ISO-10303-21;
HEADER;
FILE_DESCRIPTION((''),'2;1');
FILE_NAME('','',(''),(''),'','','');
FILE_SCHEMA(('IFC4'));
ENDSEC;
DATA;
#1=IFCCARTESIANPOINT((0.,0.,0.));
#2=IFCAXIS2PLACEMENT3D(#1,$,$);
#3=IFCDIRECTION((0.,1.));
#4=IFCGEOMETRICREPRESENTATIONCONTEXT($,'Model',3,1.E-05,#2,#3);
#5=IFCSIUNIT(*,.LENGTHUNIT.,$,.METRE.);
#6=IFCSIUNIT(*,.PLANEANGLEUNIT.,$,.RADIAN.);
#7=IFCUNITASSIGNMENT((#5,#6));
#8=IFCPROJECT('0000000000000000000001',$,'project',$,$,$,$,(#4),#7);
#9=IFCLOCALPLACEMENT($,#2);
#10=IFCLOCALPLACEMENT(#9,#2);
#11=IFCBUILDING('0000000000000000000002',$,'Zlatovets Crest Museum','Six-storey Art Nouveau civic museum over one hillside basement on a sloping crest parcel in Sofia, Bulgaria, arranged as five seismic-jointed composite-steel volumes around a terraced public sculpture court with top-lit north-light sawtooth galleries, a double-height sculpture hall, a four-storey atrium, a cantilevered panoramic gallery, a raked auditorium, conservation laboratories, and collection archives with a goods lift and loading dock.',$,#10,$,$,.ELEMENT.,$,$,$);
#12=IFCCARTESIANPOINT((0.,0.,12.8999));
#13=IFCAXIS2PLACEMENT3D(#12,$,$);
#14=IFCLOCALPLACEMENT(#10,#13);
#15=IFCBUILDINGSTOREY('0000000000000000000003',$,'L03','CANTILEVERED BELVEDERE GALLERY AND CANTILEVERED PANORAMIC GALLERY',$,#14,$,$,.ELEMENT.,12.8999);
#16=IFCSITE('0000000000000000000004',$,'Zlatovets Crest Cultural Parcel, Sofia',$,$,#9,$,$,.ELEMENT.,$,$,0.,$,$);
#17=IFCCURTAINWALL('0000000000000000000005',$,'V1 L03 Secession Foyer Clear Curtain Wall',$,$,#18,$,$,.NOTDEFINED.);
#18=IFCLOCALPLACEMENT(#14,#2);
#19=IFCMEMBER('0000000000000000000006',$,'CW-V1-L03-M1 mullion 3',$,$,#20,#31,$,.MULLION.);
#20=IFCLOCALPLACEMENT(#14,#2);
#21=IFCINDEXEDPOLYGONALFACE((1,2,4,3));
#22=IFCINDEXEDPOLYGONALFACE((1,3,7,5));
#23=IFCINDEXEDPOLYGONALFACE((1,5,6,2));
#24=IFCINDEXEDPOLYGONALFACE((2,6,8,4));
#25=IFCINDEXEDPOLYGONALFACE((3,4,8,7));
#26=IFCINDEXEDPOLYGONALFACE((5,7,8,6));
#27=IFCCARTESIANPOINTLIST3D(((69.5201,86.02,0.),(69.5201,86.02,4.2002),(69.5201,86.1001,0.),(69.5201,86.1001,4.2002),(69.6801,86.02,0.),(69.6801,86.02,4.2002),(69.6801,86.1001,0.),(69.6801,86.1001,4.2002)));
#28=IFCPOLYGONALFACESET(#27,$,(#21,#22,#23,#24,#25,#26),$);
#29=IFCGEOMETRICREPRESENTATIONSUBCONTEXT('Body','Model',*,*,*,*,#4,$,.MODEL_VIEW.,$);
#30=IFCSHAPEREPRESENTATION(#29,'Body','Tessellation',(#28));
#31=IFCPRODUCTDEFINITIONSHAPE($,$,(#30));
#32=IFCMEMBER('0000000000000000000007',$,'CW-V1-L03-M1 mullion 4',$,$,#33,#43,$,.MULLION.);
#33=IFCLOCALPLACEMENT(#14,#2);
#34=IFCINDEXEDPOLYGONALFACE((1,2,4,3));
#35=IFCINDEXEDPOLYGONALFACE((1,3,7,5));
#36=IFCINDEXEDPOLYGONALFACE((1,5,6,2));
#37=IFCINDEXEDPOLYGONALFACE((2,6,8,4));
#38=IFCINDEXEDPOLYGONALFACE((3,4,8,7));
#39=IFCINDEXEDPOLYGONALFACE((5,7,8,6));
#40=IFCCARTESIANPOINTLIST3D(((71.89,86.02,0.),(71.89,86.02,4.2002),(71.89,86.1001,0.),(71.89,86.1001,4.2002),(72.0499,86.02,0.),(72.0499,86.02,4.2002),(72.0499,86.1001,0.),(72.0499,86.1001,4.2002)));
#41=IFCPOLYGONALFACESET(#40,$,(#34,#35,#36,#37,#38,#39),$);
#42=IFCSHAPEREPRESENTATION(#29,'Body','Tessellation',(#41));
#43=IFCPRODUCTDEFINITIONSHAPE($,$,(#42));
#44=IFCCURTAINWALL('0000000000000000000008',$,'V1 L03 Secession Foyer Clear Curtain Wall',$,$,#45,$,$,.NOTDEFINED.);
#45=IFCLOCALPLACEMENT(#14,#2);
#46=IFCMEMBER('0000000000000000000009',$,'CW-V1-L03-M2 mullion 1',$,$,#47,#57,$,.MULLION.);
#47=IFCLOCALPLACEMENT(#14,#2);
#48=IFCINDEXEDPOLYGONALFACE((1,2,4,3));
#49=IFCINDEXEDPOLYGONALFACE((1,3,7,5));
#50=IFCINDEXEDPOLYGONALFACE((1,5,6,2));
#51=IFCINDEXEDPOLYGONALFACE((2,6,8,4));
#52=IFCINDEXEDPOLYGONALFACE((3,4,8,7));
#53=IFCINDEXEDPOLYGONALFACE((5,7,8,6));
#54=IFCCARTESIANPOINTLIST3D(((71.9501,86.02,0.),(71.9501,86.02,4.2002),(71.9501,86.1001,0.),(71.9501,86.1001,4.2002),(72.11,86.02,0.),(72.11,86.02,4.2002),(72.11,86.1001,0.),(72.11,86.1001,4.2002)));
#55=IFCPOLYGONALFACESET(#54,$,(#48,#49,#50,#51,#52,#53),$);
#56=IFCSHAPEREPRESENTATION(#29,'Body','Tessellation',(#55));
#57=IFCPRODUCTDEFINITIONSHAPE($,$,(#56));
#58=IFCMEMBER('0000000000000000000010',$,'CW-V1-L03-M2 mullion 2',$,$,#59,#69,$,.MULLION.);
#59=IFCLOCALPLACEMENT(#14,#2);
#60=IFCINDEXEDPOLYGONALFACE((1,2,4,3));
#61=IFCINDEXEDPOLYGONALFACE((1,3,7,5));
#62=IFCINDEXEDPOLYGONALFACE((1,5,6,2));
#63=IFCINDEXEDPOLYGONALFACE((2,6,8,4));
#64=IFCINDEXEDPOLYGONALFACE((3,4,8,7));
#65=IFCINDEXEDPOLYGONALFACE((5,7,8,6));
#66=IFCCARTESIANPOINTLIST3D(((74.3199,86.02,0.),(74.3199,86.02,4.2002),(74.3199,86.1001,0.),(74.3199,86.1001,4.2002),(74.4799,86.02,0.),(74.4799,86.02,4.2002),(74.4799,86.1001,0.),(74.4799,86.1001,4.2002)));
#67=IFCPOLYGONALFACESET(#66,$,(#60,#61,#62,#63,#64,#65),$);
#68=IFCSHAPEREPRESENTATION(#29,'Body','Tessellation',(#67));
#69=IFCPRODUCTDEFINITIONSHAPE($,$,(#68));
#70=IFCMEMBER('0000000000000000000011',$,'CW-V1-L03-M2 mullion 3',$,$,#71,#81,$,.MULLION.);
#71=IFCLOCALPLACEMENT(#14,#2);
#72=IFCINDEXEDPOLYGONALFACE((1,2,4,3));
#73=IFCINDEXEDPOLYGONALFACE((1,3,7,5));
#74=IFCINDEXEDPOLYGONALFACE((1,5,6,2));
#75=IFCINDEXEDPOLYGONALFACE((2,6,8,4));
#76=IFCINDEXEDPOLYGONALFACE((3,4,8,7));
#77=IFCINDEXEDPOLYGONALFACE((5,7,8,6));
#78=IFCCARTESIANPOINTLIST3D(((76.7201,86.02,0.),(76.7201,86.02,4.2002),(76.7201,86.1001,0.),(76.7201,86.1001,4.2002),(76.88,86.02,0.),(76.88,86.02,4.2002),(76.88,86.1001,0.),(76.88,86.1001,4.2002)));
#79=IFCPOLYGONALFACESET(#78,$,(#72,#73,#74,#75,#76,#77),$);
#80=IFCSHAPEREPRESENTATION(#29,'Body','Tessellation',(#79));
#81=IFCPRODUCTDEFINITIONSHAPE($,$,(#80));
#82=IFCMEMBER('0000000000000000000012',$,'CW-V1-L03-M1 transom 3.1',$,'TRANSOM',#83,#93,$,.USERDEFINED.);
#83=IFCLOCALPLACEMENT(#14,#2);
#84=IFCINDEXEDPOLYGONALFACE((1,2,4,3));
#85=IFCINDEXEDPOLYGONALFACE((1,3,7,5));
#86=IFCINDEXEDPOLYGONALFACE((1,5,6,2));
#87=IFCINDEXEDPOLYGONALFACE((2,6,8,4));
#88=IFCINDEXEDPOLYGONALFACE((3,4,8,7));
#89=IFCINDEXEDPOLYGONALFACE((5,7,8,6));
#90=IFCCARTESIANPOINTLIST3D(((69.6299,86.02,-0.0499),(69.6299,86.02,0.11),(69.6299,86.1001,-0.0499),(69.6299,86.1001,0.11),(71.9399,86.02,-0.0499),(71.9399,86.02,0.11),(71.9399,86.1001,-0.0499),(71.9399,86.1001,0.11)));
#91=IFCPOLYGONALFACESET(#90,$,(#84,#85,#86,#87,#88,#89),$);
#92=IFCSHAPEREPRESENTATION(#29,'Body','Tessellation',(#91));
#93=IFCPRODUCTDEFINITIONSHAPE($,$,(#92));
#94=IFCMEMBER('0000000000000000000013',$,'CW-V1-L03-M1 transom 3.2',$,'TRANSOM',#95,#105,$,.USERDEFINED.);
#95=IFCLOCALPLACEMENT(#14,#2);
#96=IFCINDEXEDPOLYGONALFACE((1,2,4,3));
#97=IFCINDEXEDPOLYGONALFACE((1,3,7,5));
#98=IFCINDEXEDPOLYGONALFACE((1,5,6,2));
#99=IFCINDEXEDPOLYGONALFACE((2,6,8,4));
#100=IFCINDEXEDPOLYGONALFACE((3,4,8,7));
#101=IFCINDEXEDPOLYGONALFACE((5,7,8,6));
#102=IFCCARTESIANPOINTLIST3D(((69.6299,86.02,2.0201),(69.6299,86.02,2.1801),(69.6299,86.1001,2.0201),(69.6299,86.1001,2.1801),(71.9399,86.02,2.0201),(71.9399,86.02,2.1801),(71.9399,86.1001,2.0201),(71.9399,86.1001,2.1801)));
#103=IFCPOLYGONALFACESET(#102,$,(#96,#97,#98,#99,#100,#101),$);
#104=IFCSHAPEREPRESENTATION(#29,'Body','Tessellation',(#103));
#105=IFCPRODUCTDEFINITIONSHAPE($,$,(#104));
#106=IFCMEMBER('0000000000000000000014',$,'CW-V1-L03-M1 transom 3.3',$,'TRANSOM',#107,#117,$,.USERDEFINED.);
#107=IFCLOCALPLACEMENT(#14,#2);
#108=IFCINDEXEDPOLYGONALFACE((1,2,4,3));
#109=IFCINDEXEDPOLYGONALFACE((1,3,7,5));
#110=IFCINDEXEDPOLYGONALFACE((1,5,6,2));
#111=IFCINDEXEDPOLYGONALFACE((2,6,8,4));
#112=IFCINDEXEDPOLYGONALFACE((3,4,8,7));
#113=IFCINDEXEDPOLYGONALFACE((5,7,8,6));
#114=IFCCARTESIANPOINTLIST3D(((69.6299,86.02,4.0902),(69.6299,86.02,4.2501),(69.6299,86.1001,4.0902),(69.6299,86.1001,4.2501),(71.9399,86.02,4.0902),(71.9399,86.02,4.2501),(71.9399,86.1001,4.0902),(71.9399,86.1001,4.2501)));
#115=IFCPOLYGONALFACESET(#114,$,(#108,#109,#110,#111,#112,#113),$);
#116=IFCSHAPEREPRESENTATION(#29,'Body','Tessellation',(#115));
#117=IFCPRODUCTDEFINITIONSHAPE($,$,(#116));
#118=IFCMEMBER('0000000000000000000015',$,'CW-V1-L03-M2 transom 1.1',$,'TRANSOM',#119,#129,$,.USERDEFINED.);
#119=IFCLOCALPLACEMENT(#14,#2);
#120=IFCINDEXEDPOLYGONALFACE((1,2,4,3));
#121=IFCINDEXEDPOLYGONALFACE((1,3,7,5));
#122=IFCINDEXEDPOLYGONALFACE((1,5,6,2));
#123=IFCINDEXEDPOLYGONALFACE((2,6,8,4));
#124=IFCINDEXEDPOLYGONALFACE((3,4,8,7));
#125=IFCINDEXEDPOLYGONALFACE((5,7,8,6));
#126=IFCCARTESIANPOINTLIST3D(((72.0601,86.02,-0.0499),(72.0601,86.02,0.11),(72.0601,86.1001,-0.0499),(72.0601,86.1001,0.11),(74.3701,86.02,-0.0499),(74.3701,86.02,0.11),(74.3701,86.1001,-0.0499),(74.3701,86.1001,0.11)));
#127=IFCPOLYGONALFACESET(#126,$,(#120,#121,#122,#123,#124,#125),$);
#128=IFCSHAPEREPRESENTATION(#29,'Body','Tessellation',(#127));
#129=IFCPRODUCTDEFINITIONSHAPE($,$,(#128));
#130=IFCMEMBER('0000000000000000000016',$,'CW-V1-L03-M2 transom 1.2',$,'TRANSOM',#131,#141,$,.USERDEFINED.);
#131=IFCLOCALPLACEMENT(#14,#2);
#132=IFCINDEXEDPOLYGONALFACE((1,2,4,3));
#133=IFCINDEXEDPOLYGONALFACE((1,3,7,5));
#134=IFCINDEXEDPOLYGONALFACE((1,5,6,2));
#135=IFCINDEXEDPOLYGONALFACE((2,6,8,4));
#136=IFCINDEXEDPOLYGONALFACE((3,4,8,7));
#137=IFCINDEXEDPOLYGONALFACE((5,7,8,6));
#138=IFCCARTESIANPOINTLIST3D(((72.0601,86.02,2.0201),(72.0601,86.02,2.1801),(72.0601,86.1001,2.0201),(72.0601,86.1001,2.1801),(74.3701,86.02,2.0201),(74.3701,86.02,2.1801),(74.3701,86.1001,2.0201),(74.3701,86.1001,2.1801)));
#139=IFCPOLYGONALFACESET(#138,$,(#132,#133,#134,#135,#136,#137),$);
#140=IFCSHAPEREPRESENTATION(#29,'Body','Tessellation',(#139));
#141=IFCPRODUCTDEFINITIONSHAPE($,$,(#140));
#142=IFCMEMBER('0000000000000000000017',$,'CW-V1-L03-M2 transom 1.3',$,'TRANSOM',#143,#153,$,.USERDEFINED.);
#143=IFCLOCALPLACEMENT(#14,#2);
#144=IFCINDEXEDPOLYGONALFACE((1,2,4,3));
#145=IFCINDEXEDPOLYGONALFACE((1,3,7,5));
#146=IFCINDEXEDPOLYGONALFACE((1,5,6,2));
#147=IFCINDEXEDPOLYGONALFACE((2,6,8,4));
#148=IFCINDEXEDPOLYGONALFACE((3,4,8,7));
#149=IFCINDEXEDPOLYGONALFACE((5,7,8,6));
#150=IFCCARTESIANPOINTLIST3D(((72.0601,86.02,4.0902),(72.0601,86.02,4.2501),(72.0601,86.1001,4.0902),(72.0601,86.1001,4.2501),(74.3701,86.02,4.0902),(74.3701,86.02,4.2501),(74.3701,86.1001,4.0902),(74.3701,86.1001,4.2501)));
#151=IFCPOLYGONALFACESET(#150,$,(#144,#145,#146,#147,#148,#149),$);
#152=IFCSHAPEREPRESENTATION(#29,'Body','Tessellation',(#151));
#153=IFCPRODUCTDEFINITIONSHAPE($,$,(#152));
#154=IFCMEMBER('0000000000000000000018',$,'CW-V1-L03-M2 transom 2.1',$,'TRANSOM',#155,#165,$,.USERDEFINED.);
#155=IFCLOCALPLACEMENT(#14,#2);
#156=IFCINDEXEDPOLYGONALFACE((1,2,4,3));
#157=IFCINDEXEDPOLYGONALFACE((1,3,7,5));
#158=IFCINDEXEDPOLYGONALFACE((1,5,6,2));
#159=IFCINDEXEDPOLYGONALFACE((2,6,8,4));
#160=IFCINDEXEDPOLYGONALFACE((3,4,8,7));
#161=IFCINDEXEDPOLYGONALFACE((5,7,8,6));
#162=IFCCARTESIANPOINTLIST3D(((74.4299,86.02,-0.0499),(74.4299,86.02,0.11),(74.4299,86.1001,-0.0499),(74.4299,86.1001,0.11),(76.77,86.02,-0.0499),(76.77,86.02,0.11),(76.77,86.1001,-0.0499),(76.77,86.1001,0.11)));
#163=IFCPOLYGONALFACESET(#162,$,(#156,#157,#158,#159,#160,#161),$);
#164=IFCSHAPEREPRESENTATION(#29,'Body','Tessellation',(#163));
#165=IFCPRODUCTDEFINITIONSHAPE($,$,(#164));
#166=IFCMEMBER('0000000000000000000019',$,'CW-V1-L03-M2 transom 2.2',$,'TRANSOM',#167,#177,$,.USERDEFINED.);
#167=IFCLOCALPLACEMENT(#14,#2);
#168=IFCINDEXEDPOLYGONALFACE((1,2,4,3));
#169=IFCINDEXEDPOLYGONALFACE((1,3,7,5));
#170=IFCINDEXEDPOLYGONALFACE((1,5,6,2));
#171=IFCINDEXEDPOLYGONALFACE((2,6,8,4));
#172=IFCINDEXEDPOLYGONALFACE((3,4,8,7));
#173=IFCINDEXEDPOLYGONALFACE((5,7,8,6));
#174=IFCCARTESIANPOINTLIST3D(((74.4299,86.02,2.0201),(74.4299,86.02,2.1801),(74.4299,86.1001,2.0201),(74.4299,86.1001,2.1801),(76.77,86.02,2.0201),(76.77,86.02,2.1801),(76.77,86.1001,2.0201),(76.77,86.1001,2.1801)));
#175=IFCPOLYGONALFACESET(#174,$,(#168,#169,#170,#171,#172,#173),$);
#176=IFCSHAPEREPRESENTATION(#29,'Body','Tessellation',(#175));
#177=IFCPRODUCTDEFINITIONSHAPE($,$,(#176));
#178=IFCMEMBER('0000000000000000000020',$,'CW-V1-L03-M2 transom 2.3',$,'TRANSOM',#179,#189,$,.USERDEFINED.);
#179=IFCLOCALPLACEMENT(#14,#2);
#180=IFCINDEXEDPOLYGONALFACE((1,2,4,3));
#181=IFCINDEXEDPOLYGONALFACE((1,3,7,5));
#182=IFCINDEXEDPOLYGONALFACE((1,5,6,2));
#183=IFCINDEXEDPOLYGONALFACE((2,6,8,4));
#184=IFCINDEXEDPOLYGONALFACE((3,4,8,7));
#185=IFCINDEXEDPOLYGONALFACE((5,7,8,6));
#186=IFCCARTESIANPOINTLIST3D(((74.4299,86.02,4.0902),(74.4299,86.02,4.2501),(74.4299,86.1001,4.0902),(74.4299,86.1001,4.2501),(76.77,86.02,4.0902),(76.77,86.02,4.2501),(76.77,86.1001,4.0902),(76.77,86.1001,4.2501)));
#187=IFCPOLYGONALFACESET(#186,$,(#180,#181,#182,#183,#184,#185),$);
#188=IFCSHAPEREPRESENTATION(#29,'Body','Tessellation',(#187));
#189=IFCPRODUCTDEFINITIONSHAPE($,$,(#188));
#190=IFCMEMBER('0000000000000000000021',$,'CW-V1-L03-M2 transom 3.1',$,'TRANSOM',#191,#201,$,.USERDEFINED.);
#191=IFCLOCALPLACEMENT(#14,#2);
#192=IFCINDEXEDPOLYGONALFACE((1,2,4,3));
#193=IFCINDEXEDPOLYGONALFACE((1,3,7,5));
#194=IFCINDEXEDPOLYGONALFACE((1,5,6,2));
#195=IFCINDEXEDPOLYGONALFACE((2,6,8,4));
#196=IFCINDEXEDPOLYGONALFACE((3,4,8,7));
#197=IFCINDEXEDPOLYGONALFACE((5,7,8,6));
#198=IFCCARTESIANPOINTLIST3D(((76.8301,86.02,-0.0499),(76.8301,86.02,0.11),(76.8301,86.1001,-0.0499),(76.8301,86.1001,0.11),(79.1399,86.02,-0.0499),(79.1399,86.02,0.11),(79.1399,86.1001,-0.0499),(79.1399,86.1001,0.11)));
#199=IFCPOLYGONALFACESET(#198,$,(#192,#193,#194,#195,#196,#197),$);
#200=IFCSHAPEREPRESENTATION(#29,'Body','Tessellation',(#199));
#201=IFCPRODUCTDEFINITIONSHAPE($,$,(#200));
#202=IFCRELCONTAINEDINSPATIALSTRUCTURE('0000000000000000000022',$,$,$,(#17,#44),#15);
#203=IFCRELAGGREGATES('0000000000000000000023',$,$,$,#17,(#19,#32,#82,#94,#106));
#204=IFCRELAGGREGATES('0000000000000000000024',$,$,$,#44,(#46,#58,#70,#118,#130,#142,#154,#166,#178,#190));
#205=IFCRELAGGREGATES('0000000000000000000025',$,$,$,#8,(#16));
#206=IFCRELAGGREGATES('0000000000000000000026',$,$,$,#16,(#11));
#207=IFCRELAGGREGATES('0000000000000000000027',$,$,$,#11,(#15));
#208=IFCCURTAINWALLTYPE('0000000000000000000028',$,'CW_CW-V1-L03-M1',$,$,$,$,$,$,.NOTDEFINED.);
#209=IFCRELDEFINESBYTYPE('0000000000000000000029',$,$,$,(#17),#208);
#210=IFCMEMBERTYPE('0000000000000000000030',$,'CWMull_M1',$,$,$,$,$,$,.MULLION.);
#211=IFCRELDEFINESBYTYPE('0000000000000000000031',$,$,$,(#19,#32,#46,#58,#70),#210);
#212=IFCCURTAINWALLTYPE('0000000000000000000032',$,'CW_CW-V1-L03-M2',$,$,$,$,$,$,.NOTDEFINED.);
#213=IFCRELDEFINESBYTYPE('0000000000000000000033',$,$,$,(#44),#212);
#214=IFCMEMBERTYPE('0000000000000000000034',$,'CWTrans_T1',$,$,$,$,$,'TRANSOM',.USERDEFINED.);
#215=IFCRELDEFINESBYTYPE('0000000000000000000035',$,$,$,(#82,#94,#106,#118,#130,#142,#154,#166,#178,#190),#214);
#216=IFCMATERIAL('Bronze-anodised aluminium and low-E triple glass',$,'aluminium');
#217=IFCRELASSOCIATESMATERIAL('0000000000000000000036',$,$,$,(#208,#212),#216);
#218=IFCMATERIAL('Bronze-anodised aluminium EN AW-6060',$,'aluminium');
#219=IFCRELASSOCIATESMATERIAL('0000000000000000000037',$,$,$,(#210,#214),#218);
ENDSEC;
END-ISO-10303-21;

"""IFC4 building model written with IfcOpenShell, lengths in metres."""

from ifc_helpers import new_model, si_unit, direction, frame, origin, origin_2d, place, context, subcontext, project, spatial, rectangle, extrude, material, material_profile, profile_set, type_object, element, aggregate, save


model = new_model("IFC4")

# Units and contexts
model_context = context("Model", 3, precision=1e-05, world=origin(), true_north=direction((0.0, 1.0)))
body_context = subcontext(model_context, "Body", "Model", "MODEL_VIEW")
ifc_project = project(units=[si_unit("LENGTHUNIT", "METRE"), si_unit("PLANEANGLEUNIT", "RADIAN")], contexts=[model_context])

# Site, building, storey
site_placement = place(None, origin())
site = spatial("IfcSite", under=ifc_project, at=site_placement, Name="Zlatovets Crest Cultural Parcel, Sofia", CompositionType="ELEMENT", RefElevation=0.0)
building_placement = place(site_placement, origin())
building = spatial("IfcBuilding", under=site, at=building_placement, Name="Zlatovets Crest Museum", Description="Six-storey Art Nouveau civic museum over one hillside basement on a sloping crest parcel in Sofia, Bulgaria, arranged as five seismic-jointed composite-steel volumes around a terraced public sculpture court with top-lit north-light sawtooth galleries, a double-height sculpture hall, a four-storey atrium, a cantilevered panoramic gallery, a raked auditorium, conservation laboratories, and collection archives with a goods lift and loading dock.", CompositionType="ELEMENT")
storey_placement = place(building_placement, frame((0.0, 0.0, 12.8999)))
storey = spatial("IfcBuildingStorey", under=building, at=storey_placement, Name="L03", Description="CANTILEVERED BELVEDERE GALLERY AND CANTILEVERED PANORAMIC GALLERY", CompositionType="ELEMENT", Elevation=12.8999)

# Curtain walls, members
ifc_material_1 = material(Name="Bronze-anodised aluminium and low-E triple glass", Category="aluminium")
curtain_wall_type_1 = type_object("IfcCurtainWallType", Name="CW_CW-V1-L03-M1", PredefinedType="NOTDEFINED", material=ifc_material_1)
curtain_wall_1_placement = place(storey_placement, origin())
curtain_wall_1 = element("IfcCurtainWall", 1, at=curtain_wall_1_placement, inside=storey, type_object=curtain_wall_type_1, Name="V1 L03 Secession Foyer Clear Curtain Wall", PredefinedType="NOTDEFINED")
ifc_material_2 = material(Name="Bronze-anodised aluminium EN AW-6060", Category="aluminium")
ifc_material_profile_1 = material_profile(ifc_material_2, rectangle(XDim=0.0801, YDim=0.1599, at=origin_2d()), Name="ALU 80x160")
ifc_profile_set_1 = profile_set([ifc_material_profile_1], Name="Bronze-anodised aluminium EN AW-6060")
member_type_1 = type_object("IfcMemberType", Name="CWMull_M1", PredefinedType="MULLION", material=ifc_profile_set_1)
member_1_placement = place(storey_placement, frame((69.6001, 86.0601, 0.0), z_axis=(0.0, 0.0, 1.0), x_axis=(0.0, 1.0, 0.0)))
member_1 = element("IfcMember", 2, at=member_1_placement, type_object=member_type_1, Name="CW-V1-L03-M1 mullion 3", PredefinedType="MULLION", context=body_context, shape_type="SweptSolid", body=[
    extrude(rectangle(XDim=0.0801, YDim=0.1599, at=origin_2d()), origin(), (0.0, 0.0, 1.0), 4.2002),
])
member_2_placement = place(storey_placement, frame((71.97, 86.0601, 0.0), z_axis=(0.0, 0.0, 1.0), x_axis=(0.0, 1.0, 0.0)))
member_2 = element("IfcMember", 3, at=member_2_placement, type_object=member_type_1, Name="CW-V1-L03-M1 mullion 4", PredefinedType="MULLION", context=body_context, shape_type="SweptSolid", body=[
    extrude(rectangle(XDim=0.0801, YDim=0.1599, at=origin_2d()), origin(), (0.0, 0.0, 1.0), 4.2002),
])
curtain_wall_type_2 = type_object("IfcCurtainWallType", Name="CW_CW-V1-L03-M2", PredefinedType="NOTDEFINED", material=ifc_material_1)
curtain_wall_2_placement = place(storey_placement, origin())
curtain_wall_2 = element("IfcCurtainWall", 4, at=curtain_wall_2_placement, inside=storey, type_object=curtain_wall_type_2, Name="V1 L03 Secession Foyer Clear Curtain Wall", PredefinedType="NOTDEFINED")
member_3_placement = place(storey_placement, frame((72.03, 86.0601, 0.0), z_axis=(0.0, 0.0, 1.0), x_axis=(0.0, 1.0, 0.0)))
member_3 = element("IfcMember", 5, at=member_3_placement, type_object=member_type_1, Name="CW-V1-L03-M2 mullion 1", PredefinedType="MULLION", context=body_context, shape_type="SweptSolid", body=[
    extrude(rectangle(XDim=0.0801, YDim=0.1599, at=origin_2d()), origin(), (0.0, 0.0, 1.0), 4.2002),
])
member_4_placement = place(storey_placement, frame((74.3999, 86.0601, 0.0), z_axis=(0.0, 0.0, 1.0), x_axis=(0.0, 1.0, 0.0)))
member_4 = element("IfcMember", 6, at=member_4_placement, type_object=member_type_1, Name="CW-V1-L03-M2 mullion 2", PredefinedType="MULLION", context=body_context, shape_type="SweptSolid", body=[
    extrude(rectangle(XDim=0.0801, YDim=0.1599, at=origin_2d()), origin(), (0.0, 0.0, 1.0), 4.2002),
])
member_5_placement = place(storey_placement, frame((76.8, 86.0601, 0.0), z_axis=(0.0, 0.0, 1.0), x_axis=(0.0, 1.0, 0.0)))
member_5 = element("IfcMember", 7, at=member_5_placement, type_object=member_type_1, Name="CW-V1-L03-M2 mullion 3", PredefinedType="MULLION", context=body_context, shape_type="SweptSolid", body=[
    extrude(rectangle(XDim=0.0801, YDim=0.1599, at=origin_2d()), origin(), (0.0, 0.0, 1.0), 4.2002),
])

# Members
ifc_material_profile_2 = material_profile(ifc_material_2, rectangle(XDim=0.0801, YDim=0.1599, at=origin_2d()), Name="ALU 80x160")
ifc_profile_set_2 = profile_set([ifc_material_profile_2], Name="Bronze-anodised aluminium EN AW-6060")
member_type_2 = type_object("IfcMemberType", Name="CWTrans_T1", ElementType="TRANSOM", PredefinedType="USERDEFINED", material=ifc_profile_set_2)
member_6_placement = place(storey_placement, frame((69.6299, 86.0601, 0.03), z_axis=(1.0, 0.0, 0.0), x_axis=(0.0, 1.0, 0.0)))
member_6 = element("IfcMember", 8, at=member_6_placement, type_object=member_type_2, Name="CW-V1-L03-M1 transom 3.1", ObjectType="TRANSOM", PredefinedType="USERDEFINED", context=body_context, shape_type="SweptSolid", body=[
    extrude(rectangle(XDim=0.0801, YDim=0.1599, at=origin_2d()), origin(), (0.0, 0.0, 1.0), 2.3101),
])
member_7_placement = place(storey_placement, frame((69.6299, 86.0601, 2.1001), z_axis=(1.0, 0.0, 0.0), x_axis=(0.0, 1.0, 0.0)))
member_7 = element("IfcMember", 9, at=member_7_placement, type_object=member_type_2, Name="CW-V1-L03-M1 transom 3.2", ObjectType="TRANSOM", PredefinedType="USERDEFINED", context=body_context, shape_type="SweptSolid", body=[
    extrude(rectangle(XDim=0.0801, YDim=0.1599, at=origin_2d()), origin(), (0.0, 0.0, 1.0), 2.3101),
])
member_8_placement = place(storey_placement, frame((69.6299, 86.0601, 4.1702), z_axis=(1.0, 0.0, 0.0), x_axis=(0.0, 1.0, 0.0)))
member_8 = element("IfcMember", 10, at=member_8_placement, type_object=member_type_2, Name="CW-V1-L03-M1 transom 3.3", ObjectType="TRANSOM", PredefinedType="USERDEFINED", context=body_context, shape_type="SweptSolid", body=[
    extrude(rectangle(XDim=0.0801, YDim=0.1599, at=origin_2d()), origin(), (0.0, 0.0, 1.0), 2.3101),
])
member_9_placement = place(storey_placement, frame((72.0601, 86.0601, 0.03), z_axis=(1.0, 0.0, 0.0), x_axis=(0.0, 1.0, 0.0)))
member_9 = element("IfcMember", 11, at=member_9_placement, type_object=member_type_2, Name="CW-V1-L03-M2 transom 1.1", ObjectType="TRANSOM", PredefinedType="USERDEFINED", context=body_context, shape_type="SweptSolid", body=[
    extrude(rectangle(XDim=0.0801, YDim=0.1599, at=origin_2d()), origin(), (0.0, 0.0, 1.0), 2.3101),
])
member_10_placement = place(storey_placement, frame((72.0601, 86.0601, 2.1001), z_axis=(1.0, 0.0, 0.0), x_axis=(0.0, 1.0, 0.0)))
member_10 = element("IfcMember", 12, at=member_10_placement, type_object=member_type_2, Name="CW-V1-L03-M2 transom 1.2", ObjectType="TRANSOM", PredefinedType="USERDEFINED", context=body_context, shape_type="SweptSolid", body=[
    extrude(rectangle(XDim=0.0801, YDim=0.1599, at=origin_2d()), origin(), (0.0, 0.0, 1.0), 2.3101),
])
member_11_placement = place(storey_placement, frame((72.0601, 86.0601, 4.1702), z_axis=(1.0, 0.0, 0.0), x_axis=(0.0, 1.0, 0.0)))
member_11 = element("IfcMember", 13, at=member_11_placement, type_object=member_type_2, Name="CW-V1-L03-M2 transom 1.3", ObjectType="TRANSOM", PredefinedType="USERDEFINED", context=body_context, shape_type="SweptSolid", body=[
    extrude(rectangle(XDim=0.0801, YDim=0.1599, at=origin_2d()), origin(), (0.0, 0.0, 1.0), 2.3101),
])
member_12_placement = place(storey_placement, frame((74.4299, 86.0601, 0.03), z_axis=(1.0, 0.0, 0.0), x_axis=(0.0, 1.0, 0.0)))
member_12 = element("IfcMember", 14, at=member_12_placement, type_object=member_type_2, Name="CW-V1-L03-M2 transom 2.1", ObjectType="TRANSOM", PredefinedType="USERDEFINED", context=body_context, shape_type="SweptSolid", body=[
    extrude(rectangle(XDim=0.0801, YDim=0.1599, at=origin_2d()), origin(), (0.0, 0.0, 1.0), 2.3401),
])
member_13_placement = place(storey_placement, frame((74.4299, 86.0601, 2.1001), z_axis=(1.0, 0.0, 0.0), x_axis=(0.0, 1.0, 0.0)))
member_13 = element("IfcMember", 15, at=member_13_placement, type_object=member_type_2, Name="CW-V1-L03-M2 transom 2.2", ObjectType="TRANSOM", PredefinedType="USERDEFINED", context=body_context, shape_type="SweptSolid", body=[
    extrude(rectangle(XDim=0.0801, YDim=0.1599, at=origin_2d()), origin(), (0.0, 0.0, 1.0), 2.3401),
])
member_14_placement = place(storey_placement, frame((74.4299, 86.0601, 4.1702), z_axis=(1.0, 0.0, 0.0), x_axis=(0.0, 1.0, 0.0)))
member_14 = element("IfcMember", 16, at=member_14_placement, type_object=member_type_2, Name="CW-V1-L03-M2 transom 2.3", ObjectType="TRANSOM", PredefinedType="USERDEFINED", context=body_context, shape_type="SweptSolid", body=[
    extrude(rectangle(XDim=0.0801, YDim=0.1599, at=origin_2d()), origin(), (0.0, 0.0, 1.0), 2.3401),
])
member_15_placement = place(storey_placement, frame((76.8301, 86.0601, 0.03), z_axis=(1.0, 0.0, 0.0), x_axis=(0.0, 1.0, 0.0)))
member_15 = element("IfcMember", 17, at=member_15_placement, type_object=member_type_2, Name="CW-V1-L03-M2 transom 3.1", ObjectType="TRANSOM", PredefinedType="USERDEFINED", context=body_context, shape_type="SweptSolid", body=[
    extrude(rectangle(XDim=0.0801, YDim=0.1599, at=origin_2d()), origin(), (0.0, 0.0, 1.0), 2.3098),
])

aggregate(curtain_wall_1, [member_1, member_2, member_6, member_7, member_8])
aggregate(curtain_wall_2, [member_3, member_4, member_5, member_9, member_10, member_11, member_12, member_13, member_14, member_15])

save(model, "model.ifc")
